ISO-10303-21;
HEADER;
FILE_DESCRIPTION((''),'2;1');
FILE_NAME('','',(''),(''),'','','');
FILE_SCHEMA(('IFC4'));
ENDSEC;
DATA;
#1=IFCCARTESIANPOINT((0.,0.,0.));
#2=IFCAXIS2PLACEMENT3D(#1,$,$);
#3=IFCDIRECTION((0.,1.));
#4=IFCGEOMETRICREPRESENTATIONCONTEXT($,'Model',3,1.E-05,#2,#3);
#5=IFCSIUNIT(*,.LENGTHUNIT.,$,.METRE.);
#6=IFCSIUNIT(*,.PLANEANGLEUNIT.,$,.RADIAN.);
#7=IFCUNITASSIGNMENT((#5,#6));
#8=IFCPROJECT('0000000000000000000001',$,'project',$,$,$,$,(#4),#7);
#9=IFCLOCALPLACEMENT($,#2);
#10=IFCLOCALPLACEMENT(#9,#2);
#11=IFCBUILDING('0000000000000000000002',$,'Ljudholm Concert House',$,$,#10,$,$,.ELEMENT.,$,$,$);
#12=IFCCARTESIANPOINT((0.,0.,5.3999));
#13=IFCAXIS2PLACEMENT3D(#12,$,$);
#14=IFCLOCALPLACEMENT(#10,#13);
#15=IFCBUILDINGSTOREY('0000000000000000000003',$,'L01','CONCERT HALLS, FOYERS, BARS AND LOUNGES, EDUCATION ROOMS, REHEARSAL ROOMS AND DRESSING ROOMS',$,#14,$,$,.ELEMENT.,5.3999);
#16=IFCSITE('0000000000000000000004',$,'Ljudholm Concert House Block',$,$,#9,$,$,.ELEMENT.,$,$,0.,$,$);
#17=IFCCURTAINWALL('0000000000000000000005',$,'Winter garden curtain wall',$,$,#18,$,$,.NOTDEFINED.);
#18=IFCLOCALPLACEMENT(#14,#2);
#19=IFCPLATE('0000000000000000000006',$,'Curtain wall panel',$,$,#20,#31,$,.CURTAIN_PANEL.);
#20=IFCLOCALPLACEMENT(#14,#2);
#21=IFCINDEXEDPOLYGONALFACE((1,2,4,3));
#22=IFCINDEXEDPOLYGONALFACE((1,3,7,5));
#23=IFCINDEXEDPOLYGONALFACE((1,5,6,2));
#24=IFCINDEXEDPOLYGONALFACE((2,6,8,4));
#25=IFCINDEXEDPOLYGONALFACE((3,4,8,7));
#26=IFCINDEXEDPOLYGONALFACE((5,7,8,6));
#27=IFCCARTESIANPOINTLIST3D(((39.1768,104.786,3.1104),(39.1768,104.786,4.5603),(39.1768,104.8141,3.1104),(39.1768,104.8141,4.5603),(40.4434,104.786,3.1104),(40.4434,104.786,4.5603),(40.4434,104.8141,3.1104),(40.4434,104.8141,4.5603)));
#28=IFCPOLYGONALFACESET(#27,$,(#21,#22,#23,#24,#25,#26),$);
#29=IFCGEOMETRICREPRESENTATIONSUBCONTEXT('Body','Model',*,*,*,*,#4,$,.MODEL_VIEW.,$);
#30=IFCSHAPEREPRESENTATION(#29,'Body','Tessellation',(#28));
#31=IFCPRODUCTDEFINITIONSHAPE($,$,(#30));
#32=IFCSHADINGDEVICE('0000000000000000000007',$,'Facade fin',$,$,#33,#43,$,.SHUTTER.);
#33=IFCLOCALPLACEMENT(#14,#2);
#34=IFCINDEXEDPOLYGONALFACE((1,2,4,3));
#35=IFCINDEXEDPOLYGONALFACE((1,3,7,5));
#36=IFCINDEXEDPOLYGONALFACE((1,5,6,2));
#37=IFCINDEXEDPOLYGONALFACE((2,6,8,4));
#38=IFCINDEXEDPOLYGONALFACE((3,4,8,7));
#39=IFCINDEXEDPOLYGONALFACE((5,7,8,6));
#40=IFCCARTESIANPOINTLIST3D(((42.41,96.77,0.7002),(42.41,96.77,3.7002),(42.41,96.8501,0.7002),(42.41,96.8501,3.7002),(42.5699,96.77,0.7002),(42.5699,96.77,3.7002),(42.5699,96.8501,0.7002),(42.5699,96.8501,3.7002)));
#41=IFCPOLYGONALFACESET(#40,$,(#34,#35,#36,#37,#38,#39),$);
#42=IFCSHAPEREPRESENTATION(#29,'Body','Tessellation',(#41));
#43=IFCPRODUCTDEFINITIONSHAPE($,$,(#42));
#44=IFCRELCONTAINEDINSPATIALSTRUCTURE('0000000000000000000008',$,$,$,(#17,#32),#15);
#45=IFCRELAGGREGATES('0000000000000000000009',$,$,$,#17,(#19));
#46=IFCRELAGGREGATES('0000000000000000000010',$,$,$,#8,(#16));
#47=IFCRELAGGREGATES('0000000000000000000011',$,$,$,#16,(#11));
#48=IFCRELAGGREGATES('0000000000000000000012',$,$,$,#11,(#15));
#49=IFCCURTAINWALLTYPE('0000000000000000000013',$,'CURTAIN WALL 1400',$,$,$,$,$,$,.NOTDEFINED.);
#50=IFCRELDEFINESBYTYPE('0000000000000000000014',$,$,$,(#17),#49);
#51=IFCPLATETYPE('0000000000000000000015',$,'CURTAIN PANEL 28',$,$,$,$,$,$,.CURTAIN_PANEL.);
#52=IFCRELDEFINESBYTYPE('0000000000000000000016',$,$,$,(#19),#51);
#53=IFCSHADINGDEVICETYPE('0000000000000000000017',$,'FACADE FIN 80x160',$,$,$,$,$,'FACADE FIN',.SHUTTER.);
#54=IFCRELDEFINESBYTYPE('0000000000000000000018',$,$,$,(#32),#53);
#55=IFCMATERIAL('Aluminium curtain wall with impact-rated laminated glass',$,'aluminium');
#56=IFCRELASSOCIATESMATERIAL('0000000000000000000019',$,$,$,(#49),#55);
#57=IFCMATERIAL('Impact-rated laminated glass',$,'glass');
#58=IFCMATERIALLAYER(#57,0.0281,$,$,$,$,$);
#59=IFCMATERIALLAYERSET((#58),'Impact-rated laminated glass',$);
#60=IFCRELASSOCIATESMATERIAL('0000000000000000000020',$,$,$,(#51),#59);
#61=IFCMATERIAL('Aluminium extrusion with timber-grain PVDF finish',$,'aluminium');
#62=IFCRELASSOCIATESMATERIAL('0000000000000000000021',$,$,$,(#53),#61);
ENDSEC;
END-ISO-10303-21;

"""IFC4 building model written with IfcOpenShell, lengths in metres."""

from ifc_helpers import new_model, si_unit, direction, frame, origin, origin_2d, place, context, subcontext, project, spatial, rectangle, extrude, material, layer, layer_set, type_object, element, aggregate, save


model = new_model("IFC4")

# Units and contexts
model_context = context("Model", 3, precision=1e-05, world=origin(), true_north=direction((0.0, 1.0)))
body_context = subcontext(model_context, "Body", "Model", "MODEL_VIEW")
ifc_project = project(units=[si_unit("LENGTHUNIT", "METRE"), si_unit("PLANEANGLEUNIT", "RADIAN")], contexts=[model_context])

# Site, building, storey
site_placement = place(None, origin())
site = spatial("IfcSite", under=ifc_project, at=site_placement, Name="Ljudholm Concert House Block", CompositionType="ELEMENT", RefElevation=0.0)
building_placement = place(site_placement, origin())
building = spatial("IfcBuilding", under=site, at=building_placement, Name="Ljudholm Concert House", CompositionType="ELEMENT")
storey_placement = place(building_placement, frame((0.0, 0.0, 5.3999)))
storey = spatial("IfcBuildingStorey", under=building, at=storey_placement, Name="L01", Description="CONCERT HALLS, FOYERS, BARS AND LOUNGES, EDUCATION ROOMS, REHEARSAL ROOMS AND DRESSING ROOMS", CompositionType="ELEMENT", Elevation=5.3999)

# Shared definitions
ifc_material_1 = material(Name="Aluminium curtain wall with impact-rated laminated glass", Category="aluminium")
curtain_wall_type = type_object("IfcCurtainWallType", Name="CURTAIN WALL 1400", PredefinedType="NOTDEFINED", material=ifc_material_1)

# Curtain wall
curtain_wall_1_placement = place(storey_placement, origin())
curtain_wall_1 = element("IfcCurtainWall", 1, at=curtain_wall_1_placement, inside=storey, type_object=curtain_wall_type, Name="Winter garden curtain wall", PredefinedType="NOTDEFINED")

# Plate
ifc_material_2 = material(Name="Impact-rated laminated glass", Category="glass")
ifc_layer = layer(ifc_material_2, 0.0281)
ifc_layer_set = layer_set([ifc_layer], Name="Impact-rated laminated glass")
plate_type = type_object("IfcPlateType", Name="CURTAIN PANEL 28", PredefinedType="CURTAIN_PANEL", material=ifc_layer_set)
plate_1_placement = place(storey_placement, frame((39.8101, 104.8, 3.1104), z_axis=(0.0, 0.0, 1.0), x_axis=(1.0, 0.0, 0.0)))
plate_1 = element("IfcPlate", 2, at=plate_1_placement, type_object=plate_type, Name="Curtain wall panel", PredefinedType="CURTAIN_PANEL", context=body_context, shape_type="SweptSolid", body=[
    extrude(rectangle(XDim=1.2666, YDim=0.0281, at=origin_2d()), origin(), (0.0, 0.0, 1.0), 1.45),
])
aggregate(curtain_wall_1, [plate_1])

# Shading device
ifc_material_3 = material(Name="Aluminium extrusion with timber-grain PVDF finish", Category="aluminium")
shading_device_type = type_object("IfcShadingDeviceType", Name="FACADE FIN 80x160", ElementType="FACADE FIN", PredefinedType="SHUTTER", material=ifc_material_3)
shading_device_placement = place(storey_placement, frame((42.49, 96.8101, 0.7002), z_axis=(0.0, 0.0, 1.0), x_axis=(0.0, 1.0, 0.0)))
element("IfcShadingDevice", 3, at=shading_device_placement, inside=storey, type_object=shading_device_type, Name="Facade fin", PredefinedType="SHUTTER", context=body_context, shape_type="SweptSolid", body=[
    extrude(rectangle(XDim=0.0801, YDim=0.1599, at=origin_2d()), origin(), (0.0, 0.0, 1.0), 3.0),
])

save(model, "model.ifc")
